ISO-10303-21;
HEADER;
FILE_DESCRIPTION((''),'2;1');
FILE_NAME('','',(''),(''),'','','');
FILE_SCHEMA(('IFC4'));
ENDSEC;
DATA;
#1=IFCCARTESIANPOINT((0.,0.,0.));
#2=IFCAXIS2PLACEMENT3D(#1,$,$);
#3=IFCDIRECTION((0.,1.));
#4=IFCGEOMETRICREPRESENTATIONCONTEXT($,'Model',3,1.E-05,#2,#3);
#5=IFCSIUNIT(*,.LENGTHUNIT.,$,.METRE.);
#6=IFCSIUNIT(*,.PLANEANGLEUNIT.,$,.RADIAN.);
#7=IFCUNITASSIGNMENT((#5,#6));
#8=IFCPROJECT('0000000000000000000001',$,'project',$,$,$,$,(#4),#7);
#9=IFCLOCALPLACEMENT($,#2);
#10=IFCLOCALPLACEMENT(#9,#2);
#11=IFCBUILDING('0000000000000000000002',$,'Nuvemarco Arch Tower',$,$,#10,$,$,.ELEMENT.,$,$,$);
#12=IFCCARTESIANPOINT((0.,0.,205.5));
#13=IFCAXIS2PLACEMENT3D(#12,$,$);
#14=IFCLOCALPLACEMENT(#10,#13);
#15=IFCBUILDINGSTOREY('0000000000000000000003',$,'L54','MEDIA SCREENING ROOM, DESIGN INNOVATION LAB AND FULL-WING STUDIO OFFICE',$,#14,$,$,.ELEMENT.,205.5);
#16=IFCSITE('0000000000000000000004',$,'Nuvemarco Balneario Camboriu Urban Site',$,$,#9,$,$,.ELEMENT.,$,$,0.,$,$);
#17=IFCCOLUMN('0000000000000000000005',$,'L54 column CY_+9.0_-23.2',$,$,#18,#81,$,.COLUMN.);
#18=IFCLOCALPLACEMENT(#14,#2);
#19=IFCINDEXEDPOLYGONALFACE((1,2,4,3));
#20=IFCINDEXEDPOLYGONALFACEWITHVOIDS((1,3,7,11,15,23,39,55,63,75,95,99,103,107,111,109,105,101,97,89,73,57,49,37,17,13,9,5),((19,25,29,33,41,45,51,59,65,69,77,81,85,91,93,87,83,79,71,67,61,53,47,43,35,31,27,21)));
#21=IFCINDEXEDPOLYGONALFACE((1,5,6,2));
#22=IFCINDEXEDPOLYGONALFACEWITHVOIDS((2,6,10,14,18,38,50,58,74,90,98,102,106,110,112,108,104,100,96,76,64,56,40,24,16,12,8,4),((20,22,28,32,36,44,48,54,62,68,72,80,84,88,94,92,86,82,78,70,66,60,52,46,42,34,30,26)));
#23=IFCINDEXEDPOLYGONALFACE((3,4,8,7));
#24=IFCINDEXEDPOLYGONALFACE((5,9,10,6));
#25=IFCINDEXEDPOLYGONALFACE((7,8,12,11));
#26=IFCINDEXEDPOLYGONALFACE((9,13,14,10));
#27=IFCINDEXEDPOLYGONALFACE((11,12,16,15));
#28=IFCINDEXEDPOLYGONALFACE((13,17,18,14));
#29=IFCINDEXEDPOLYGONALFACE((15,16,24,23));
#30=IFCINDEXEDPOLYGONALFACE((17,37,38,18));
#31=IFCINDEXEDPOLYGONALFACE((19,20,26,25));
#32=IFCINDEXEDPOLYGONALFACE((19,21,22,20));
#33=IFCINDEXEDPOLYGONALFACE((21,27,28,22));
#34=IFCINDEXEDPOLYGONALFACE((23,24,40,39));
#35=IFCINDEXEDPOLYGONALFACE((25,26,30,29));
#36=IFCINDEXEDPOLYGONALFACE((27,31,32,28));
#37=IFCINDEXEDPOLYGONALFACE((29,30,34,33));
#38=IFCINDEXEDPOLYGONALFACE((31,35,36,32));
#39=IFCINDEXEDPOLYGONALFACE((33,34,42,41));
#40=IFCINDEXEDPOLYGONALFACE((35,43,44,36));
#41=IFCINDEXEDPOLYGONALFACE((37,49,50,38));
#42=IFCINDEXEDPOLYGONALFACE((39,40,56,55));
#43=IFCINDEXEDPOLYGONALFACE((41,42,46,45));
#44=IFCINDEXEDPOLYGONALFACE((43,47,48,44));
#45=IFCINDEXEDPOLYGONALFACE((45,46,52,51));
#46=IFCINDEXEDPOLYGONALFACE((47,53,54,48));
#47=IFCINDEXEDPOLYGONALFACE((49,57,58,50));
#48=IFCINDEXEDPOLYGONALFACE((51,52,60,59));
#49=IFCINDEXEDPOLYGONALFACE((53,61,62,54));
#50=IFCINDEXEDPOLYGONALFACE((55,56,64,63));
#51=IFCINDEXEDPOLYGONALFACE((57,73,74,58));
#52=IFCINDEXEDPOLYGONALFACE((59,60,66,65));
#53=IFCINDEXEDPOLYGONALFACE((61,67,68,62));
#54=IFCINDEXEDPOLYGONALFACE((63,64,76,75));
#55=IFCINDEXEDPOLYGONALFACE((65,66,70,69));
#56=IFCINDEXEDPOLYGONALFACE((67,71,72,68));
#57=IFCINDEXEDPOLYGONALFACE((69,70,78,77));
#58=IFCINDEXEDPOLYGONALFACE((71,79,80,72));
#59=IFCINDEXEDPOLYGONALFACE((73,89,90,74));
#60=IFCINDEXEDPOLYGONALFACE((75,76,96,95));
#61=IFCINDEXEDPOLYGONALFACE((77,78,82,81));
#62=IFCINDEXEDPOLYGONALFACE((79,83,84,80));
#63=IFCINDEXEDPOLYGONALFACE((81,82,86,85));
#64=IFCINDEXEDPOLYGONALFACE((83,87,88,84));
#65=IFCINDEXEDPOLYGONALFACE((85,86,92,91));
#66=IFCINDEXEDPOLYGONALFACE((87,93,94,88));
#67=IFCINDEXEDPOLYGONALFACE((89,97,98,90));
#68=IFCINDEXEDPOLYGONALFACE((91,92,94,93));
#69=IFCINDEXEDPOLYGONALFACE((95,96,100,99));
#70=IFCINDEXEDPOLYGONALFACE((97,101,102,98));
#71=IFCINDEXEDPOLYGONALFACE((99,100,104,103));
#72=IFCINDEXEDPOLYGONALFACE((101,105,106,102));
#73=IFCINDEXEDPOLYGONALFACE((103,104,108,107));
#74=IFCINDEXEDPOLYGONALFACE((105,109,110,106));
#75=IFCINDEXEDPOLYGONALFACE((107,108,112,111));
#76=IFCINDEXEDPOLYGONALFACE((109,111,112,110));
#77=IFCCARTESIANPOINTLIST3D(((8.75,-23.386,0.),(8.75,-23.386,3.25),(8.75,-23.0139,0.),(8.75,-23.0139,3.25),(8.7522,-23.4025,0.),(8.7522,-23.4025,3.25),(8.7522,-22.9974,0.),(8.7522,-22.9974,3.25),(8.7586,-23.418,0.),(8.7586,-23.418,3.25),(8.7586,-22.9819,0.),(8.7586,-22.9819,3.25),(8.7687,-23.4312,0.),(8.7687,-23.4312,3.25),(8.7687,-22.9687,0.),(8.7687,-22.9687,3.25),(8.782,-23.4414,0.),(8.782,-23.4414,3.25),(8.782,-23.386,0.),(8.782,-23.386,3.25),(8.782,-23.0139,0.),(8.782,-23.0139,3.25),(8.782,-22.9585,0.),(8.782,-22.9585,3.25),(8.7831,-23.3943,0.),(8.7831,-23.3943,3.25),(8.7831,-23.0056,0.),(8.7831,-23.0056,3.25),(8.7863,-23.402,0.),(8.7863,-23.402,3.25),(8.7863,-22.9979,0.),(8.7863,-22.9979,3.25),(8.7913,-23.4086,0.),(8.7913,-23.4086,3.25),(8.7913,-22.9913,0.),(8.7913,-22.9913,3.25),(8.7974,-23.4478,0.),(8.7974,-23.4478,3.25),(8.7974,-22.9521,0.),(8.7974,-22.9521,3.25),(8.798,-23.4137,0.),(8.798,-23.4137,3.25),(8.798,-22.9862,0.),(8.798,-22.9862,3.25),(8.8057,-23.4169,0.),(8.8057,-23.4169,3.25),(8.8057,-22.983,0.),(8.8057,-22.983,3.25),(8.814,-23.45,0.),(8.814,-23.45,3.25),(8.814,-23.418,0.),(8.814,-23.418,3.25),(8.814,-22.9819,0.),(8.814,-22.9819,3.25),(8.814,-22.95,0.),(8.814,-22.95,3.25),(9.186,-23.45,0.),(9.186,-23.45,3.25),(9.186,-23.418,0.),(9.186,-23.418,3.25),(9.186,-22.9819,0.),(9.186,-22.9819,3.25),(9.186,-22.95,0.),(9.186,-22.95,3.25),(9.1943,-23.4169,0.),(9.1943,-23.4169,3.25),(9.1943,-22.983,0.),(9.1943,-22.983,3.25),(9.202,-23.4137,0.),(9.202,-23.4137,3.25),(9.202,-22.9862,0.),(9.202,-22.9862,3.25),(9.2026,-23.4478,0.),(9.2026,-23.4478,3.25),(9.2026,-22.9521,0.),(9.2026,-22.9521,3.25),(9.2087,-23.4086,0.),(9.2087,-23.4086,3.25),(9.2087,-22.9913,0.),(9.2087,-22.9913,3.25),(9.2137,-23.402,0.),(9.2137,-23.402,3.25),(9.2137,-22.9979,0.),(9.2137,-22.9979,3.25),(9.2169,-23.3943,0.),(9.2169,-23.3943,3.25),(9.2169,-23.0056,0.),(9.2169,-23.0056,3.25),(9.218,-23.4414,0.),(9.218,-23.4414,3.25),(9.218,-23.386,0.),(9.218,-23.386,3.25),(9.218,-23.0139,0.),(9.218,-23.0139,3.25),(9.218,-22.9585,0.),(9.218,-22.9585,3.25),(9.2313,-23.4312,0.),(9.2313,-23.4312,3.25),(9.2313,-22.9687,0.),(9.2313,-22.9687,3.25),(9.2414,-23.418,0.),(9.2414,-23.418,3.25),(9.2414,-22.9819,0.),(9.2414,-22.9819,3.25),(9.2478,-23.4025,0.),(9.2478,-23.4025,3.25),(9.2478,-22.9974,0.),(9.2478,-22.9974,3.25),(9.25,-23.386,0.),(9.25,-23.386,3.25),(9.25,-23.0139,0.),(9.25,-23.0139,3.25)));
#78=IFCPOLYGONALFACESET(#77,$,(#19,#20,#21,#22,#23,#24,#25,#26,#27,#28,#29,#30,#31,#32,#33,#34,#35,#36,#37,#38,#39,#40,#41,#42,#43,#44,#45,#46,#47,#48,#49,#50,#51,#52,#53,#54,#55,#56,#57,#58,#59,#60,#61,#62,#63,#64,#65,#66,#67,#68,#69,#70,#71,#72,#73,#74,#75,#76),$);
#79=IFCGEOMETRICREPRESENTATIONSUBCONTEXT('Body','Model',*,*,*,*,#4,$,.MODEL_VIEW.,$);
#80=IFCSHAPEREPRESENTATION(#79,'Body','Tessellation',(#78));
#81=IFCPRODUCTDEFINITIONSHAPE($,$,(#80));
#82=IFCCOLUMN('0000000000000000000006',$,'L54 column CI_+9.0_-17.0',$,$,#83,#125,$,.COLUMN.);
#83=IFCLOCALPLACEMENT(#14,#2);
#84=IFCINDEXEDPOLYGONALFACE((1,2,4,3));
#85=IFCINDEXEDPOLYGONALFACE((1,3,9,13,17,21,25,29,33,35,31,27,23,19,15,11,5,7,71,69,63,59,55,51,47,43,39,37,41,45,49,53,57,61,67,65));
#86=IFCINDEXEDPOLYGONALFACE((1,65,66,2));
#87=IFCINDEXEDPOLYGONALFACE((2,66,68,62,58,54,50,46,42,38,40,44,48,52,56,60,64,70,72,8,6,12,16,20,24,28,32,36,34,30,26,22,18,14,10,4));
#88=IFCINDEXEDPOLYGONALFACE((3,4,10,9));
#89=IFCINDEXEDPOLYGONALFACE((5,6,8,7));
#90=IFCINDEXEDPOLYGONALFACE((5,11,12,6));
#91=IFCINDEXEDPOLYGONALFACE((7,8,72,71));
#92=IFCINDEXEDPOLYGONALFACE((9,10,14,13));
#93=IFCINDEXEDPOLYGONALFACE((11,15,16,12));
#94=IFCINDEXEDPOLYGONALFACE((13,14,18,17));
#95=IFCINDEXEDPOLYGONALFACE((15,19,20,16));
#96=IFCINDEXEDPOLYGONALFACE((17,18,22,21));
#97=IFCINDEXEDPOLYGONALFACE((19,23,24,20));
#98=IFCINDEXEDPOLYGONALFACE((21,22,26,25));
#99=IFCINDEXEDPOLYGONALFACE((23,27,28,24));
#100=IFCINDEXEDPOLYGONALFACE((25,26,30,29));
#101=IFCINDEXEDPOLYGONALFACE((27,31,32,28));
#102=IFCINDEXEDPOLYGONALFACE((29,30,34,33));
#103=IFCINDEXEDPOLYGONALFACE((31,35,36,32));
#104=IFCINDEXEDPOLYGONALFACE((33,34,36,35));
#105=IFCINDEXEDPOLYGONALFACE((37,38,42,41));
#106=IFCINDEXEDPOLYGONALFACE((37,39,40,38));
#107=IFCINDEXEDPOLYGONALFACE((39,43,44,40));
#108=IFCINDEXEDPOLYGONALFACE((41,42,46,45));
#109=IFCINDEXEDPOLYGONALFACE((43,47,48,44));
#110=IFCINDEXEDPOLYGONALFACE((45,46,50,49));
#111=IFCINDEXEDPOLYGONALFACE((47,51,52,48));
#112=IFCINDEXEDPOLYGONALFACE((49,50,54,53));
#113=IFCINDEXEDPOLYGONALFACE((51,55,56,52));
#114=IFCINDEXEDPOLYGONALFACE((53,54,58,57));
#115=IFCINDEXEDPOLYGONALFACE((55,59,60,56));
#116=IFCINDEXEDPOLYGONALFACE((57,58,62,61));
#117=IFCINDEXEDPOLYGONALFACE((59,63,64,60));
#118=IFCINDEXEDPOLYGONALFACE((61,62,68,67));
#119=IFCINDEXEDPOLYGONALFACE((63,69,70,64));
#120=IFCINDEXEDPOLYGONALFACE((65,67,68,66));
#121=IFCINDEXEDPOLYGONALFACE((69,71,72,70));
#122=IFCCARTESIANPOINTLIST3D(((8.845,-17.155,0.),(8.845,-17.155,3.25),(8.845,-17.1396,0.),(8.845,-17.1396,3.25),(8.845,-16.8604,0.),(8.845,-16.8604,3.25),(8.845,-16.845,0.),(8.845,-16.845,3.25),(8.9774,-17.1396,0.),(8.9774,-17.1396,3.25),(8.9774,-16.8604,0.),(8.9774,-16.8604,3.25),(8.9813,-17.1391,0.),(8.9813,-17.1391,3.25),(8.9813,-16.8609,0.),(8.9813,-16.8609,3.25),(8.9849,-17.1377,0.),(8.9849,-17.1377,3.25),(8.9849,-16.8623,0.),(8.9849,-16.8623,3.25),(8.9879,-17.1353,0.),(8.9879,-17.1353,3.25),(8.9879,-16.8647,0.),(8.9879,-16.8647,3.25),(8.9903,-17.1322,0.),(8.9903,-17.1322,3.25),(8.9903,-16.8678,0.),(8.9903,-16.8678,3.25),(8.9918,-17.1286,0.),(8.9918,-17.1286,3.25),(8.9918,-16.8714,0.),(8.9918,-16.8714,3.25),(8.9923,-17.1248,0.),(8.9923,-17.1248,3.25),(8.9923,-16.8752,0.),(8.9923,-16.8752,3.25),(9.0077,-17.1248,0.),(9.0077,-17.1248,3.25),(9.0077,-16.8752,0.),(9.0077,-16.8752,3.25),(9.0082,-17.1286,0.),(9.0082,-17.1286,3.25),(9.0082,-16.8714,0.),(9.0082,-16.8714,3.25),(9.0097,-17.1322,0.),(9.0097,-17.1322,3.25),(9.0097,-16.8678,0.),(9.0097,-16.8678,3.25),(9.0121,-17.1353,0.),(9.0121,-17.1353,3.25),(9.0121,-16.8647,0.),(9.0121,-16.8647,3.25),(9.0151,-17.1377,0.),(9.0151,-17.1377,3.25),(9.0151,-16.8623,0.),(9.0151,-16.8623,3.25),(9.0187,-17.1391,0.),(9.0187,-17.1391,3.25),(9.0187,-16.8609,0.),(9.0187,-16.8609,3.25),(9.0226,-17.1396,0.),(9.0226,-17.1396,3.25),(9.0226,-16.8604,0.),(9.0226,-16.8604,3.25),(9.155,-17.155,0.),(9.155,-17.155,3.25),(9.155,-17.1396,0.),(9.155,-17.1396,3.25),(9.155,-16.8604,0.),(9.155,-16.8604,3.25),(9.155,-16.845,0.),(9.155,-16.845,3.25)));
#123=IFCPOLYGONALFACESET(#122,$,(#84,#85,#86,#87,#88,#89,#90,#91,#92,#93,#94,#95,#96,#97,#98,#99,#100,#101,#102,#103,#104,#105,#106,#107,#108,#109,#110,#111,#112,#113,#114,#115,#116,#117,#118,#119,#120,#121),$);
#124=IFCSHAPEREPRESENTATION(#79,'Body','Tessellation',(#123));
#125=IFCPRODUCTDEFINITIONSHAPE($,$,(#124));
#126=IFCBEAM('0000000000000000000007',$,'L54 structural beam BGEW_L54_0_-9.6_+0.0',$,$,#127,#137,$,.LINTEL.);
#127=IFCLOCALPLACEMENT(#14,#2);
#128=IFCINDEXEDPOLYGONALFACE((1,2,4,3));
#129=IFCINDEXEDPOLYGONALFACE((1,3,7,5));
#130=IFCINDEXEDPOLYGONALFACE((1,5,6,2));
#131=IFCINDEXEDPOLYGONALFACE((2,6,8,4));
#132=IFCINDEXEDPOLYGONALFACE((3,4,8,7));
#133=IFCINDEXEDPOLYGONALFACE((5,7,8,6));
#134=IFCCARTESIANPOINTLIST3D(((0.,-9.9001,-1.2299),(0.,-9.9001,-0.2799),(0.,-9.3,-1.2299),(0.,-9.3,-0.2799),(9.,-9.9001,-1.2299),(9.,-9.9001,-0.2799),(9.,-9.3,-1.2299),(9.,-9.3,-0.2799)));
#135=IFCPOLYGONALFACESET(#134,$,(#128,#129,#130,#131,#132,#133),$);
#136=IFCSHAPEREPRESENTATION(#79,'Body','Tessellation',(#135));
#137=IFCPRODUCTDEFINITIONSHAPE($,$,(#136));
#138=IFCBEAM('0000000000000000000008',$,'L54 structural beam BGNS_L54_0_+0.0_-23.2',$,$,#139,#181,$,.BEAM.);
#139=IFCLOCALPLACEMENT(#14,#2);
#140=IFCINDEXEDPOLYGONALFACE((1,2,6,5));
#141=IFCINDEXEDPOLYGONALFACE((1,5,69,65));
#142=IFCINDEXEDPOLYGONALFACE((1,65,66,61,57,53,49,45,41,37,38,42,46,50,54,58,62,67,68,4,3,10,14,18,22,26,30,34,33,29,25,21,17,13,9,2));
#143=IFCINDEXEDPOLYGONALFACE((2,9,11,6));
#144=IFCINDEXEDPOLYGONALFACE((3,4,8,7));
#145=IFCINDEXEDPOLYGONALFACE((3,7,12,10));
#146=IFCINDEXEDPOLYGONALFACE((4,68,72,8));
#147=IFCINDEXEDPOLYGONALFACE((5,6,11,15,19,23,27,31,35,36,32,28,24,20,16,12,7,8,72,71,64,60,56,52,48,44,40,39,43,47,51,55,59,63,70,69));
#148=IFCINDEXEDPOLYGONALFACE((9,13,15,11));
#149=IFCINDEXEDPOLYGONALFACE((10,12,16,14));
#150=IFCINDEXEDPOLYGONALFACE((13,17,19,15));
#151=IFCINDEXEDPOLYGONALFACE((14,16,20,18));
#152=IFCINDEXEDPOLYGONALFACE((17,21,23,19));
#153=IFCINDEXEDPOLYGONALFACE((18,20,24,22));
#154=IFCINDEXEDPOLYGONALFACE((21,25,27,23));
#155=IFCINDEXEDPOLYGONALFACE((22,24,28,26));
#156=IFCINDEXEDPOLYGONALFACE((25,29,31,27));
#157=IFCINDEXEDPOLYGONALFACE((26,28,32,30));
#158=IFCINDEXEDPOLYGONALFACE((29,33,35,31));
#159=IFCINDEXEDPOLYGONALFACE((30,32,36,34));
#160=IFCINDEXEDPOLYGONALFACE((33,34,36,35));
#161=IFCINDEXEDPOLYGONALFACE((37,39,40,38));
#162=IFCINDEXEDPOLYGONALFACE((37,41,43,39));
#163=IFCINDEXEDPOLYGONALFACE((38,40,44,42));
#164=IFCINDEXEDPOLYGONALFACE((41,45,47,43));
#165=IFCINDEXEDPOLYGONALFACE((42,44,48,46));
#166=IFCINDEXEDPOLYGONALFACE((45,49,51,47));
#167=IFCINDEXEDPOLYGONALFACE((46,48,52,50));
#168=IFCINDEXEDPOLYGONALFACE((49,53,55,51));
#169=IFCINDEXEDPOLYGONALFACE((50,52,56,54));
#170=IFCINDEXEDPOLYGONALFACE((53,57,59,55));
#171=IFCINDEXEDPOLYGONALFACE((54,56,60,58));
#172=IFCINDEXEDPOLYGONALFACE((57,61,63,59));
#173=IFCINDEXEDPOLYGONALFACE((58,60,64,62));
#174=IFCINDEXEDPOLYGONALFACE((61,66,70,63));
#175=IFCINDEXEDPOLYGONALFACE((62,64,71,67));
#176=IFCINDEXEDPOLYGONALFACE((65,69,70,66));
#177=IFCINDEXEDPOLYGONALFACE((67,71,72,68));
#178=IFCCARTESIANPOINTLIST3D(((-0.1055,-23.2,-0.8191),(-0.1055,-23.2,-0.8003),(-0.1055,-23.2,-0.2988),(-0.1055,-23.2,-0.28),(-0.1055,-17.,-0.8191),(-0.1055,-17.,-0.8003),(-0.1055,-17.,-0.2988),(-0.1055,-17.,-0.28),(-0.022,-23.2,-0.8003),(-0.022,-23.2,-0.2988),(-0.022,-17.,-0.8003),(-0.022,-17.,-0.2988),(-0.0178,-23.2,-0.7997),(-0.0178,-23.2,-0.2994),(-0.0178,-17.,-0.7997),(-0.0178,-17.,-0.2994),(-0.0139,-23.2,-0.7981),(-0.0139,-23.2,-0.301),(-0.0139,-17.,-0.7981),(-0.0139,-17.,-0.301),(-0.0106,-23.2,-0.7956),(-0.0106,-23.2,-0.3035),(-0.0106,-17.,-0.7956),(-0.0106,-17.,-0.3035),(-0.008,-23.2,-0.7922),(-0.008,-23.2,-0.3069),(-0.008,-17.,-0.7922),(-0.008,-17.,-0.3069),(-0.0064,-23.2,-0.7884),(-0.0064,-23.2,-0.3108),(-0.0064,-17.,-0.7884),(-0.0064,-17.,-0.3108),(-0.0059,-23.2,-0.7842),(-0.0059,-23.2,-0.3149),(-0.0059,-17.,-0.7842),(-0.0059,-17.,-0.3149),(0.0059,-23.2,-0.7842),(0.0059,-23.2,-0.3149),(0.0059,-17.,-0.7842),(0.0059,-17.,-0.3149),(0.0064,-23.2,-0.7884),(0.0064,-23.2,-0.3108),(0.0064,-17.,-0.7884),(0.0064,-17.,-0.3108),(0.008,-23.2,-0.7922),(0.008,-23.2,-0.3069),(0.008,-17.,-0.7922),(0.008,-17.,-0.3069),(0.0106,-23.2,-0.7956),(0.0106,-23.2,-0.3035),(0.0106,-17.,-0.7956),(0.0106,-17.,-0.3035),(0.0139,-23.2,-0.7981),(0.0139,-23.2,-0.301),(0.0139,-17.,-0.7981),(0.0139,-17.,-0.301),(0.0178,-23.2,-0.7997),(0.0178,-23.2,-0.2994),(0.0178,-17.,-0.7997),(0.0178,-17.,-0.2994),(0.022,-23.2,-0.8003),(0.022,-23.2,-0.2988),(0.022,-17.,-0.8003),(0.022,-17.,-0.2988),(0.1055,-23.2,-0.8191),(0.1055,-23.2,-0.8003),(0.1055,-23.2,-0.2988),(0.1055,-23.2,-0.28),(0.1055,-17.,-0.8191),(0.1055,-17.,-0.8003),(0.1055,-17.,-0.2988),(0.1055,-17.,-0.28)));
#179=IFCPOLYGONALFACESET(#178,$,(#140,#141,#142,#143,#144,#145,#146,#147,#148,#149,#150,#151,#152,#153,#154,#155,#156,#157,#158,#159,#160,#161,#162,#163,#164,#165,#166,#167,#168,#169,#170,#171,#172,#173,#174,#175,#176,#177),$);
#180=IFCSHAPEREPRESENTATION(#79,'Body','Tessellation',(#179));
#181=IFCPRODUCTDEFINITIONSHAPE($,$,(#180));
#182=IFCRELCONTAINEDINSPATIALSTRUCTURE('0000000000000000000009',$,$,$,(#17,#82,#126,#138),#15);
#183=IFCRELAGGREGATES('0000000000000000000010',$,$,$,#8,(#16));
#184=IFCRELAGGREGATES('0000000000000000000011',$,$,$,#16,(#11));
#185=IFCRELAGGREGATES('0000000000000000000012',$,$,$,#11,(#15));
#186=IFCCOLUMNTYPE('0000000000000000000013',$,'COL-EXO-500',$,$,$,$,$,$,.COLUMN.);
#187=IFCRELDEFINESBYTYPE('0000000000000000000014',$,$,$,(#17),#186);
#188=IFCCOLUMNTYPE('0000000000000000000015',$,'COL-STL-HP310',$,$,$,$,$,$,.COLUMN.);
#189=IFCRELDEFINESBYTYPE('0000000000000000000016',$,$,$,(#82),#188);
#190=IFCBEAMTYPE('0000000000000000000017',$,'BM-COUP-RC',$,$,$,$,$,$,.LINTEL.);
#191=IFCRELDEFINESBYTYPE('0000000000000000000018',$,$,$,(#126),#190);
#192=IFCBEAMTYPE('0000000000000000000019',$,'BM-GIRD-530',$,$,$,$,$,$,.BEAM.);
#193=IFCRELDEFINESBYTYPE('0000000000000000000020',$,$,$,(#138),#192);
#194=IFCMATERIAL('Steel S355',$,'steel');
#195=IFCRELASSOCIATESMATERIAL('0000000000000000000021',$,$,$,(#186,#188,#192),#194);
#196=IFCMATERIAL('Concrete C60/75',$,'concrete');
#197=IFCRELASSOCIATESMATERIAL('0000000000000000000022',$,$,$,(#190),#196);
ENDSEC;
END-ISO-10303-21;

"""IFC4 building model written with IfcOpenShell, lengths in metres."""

from ifc_helpers import new_model, si_unit, direction, frame, origin, origin_2d, place, context, subcontext, project, spatial, rectangle, hollow_rectangle, i_section, extrude, material, material_profile, profile_set, type_object, element, save


model = new_model("IFC4")

# Units and contexts
model_context = context("Model", 3, precision=1e-05, world=origin(), true_north=direction((0.0, 1.0)))
body_context = subcontext(model_context, "Body", "Model", "MODEL_VIEW")
ifc_project = project(units=[si_unit("LENGTHUNIT", "METRE"), si_unit("PLANEANGLEUNIT", "RADIAN")], contexts=[model_context])

# Site, building, storey
site_placement = place(None, origin())
site = spatial("IfcSite", under=ifc_project, at=site_placement, Name="Nuvemarco Balneario Camboriu Urban Site", CompositionType="ELEMENT", RefElevation=0.0)
building_placement = place(site_placement, origin())
building = spatial("IfcBuilding", under=site, at=building_placement, Name="Nuvemarco Arch Tower", CompositionType="ELEMENT")
storey_placement = place(building_placement, frame((0.0, 0.0, 205.5)))
storey = spatial("IfcBuildingStorey", under=building, at=storey_placement, Name="L54", Description="MEDIA SCREENING ROOM, DESIGN INNOVATION LAB AND FULL-WING STUDIO OFFICE", CompositionType="ELEMENT", Elevation=205.5)

# Columns
ifc_material_1 = material(Name="Steel S355", Category="steel")
ifc_material_profile_1 = material_profile(ifc_material_1, hollow_rectangle(XDim=0.5, YDim=0.5, WallThickness=0.032, InnerFilletRadius=0.032, OuterFilletRadius=0.064, at=origin_2d()), Name="SHS500x500x32")
ifc_profile_set_1 = profile_set([ifc_material_profile_1], Name="Steel S355")
column_type_1 = type_object("IfcColumnType", Name="COL-EXO-500", PredefinedType="COLUMN", material=ifc_profile_set_1)
column_1_placement = place(storey_placement, frame((9.0, -23.2, 0.0), z_axis=(0.0, 0.0, 1.0), x_axis=(1.0, 0.0, 0.0)))
element("IfcColumn", 1, at=column_1_placement, inside=storey, type_object=column_type_1, Name="L54 column CY_+9.0_-23.2", PredefinedType="COLUMN", context=body_context, shape_type="SweptSolid", body=[
    extrude(hollow_rectangle(XDim=0.5, YDim=0.5, WallThickness=0.032, InnerFilletRadius=0.032, OuterFilletRadius=0.064, at=origin_2d()), origin(), (0.0, 0.0, 1.0), 3.25),
])
ifc_material_profile_2 = material_profile(ifc_material_1, i_section(OverallWidth=0.3101, OverallDepth=0.3101, WebThickness=0.0154, FlangeThickness=0.0154, FilletRadius=0.0149, at=origin_2d()), Name="HP310x110")
ifc_profile_set_2 = profile_set([ifc_material_profile_2], Name="Steel S355")
column_type_2 = type_object("IfcColumnType", Name="COL-STL-HP310", PredefinedType="COLUMN", material=ifc_profile_set_2)
column_2_placement = place(storey_placement, frame((9.0, -17.0, 0.0), z_axis=(0.0, 0.0, 1.0), x_axis=(1.0, 0.0, 0.0)))
element("IfcColumn", 2, at=column_2_placement, inside=storey, type_object=column_type_2, Name="L54 column CI_+9.0_-17.0", PredefinedType="COLUMN", context=body_context, shape_type="SweptSolid", body=[
    extrude(i_section(OverallWidth=0.3101, OverallDepth=0.3101, WebThickness=0.0154, FlangeThickness=0.0154, FilletRadius=0.0149, at=origin_2d()), origin(), (0.0, 0.0, 1.0), 3.25),
])

# Beams
ifc_material_2 = material(Name="Concrete C60/75", Category="concrete")
ifc_material_profile_3 = material_profile(ifc_material_2, rectangle(XDim=0.6001, YDim=0.95, at=origin_2d()), Name="RC-BM-600x950")
ifc_profile_set_3 = profile_set([ifc_material_profile_3], Name="Concrete C60/75")
beam_type_1 = type_object("IfcBeamType", Name="BM-COUP-RC", PredefinedType="LINTEL", material=ifc_profile_set_3)
beam_1_placement = place(storey_placement, frame((0.0, -9.6001, -0.7549), z_axis=(1.0, 0.0, 0.0), x_axis=(0.0, 1.0, 0.0)))
element("IfcBeam", 3, at=beam_1_placement, inside=storey, type_object=beam_type_1, Name="L54 structural beam BGEW_L54_0_-9.6_+0.0", PredefinedType="LINTEL", context=body_context, shape_type="SweptSolid", body=[
    extrude(rectangle(XDim=0.6001, YDim=0.95, at=origin_2d()), origin(), (0.0, 0.0, 1.0), 9.0),
])
ifc_material_profile_4 = material_profile(ifc_material_1, i_section(OverallWidth=0.2109, OverallDepth=0.5391, WebThickness=0.0117, FlangeThickness=0.0188, FilletRadius=0.0161, at=origin_2d()), Name="W530x109")
ifc_profile_set_4 = profile_set([ifc_material_profile_4], Name="Steel S355")
beam_type_2 = type_object("IfcBeamType", Name="BM-GIRD-530", PredefinedType="BEAM", material=ifc_profile_set_4)
beam_2_placement = place(storey_placement, frame((0.0, -23.2, -0.5496), z_axis=(0.0, 1.0, 0.0), x_axis=(-1.0, 0.0, 0.0)))
element("IfcBeam", 4, at=beam_2_placement, inside=storey, type_object=beam_type_2, Name="L54 structural beam BGNS_L54_0_+0.0_-23.2", PredefinedType="BEAM", context=body_context, shape_type="SweptSolid", body=[
    extrude(i_section(OverallWidth=0.2109, OverallDepth=0.5391, WebThickness=0.0117, FlangeThickness=0.0188, FilletRadius=0.0161, at=origin_2d()), origin(), (0.0, 0.0, 1.0), 6.2),
])

save(model, "model.ifc")
